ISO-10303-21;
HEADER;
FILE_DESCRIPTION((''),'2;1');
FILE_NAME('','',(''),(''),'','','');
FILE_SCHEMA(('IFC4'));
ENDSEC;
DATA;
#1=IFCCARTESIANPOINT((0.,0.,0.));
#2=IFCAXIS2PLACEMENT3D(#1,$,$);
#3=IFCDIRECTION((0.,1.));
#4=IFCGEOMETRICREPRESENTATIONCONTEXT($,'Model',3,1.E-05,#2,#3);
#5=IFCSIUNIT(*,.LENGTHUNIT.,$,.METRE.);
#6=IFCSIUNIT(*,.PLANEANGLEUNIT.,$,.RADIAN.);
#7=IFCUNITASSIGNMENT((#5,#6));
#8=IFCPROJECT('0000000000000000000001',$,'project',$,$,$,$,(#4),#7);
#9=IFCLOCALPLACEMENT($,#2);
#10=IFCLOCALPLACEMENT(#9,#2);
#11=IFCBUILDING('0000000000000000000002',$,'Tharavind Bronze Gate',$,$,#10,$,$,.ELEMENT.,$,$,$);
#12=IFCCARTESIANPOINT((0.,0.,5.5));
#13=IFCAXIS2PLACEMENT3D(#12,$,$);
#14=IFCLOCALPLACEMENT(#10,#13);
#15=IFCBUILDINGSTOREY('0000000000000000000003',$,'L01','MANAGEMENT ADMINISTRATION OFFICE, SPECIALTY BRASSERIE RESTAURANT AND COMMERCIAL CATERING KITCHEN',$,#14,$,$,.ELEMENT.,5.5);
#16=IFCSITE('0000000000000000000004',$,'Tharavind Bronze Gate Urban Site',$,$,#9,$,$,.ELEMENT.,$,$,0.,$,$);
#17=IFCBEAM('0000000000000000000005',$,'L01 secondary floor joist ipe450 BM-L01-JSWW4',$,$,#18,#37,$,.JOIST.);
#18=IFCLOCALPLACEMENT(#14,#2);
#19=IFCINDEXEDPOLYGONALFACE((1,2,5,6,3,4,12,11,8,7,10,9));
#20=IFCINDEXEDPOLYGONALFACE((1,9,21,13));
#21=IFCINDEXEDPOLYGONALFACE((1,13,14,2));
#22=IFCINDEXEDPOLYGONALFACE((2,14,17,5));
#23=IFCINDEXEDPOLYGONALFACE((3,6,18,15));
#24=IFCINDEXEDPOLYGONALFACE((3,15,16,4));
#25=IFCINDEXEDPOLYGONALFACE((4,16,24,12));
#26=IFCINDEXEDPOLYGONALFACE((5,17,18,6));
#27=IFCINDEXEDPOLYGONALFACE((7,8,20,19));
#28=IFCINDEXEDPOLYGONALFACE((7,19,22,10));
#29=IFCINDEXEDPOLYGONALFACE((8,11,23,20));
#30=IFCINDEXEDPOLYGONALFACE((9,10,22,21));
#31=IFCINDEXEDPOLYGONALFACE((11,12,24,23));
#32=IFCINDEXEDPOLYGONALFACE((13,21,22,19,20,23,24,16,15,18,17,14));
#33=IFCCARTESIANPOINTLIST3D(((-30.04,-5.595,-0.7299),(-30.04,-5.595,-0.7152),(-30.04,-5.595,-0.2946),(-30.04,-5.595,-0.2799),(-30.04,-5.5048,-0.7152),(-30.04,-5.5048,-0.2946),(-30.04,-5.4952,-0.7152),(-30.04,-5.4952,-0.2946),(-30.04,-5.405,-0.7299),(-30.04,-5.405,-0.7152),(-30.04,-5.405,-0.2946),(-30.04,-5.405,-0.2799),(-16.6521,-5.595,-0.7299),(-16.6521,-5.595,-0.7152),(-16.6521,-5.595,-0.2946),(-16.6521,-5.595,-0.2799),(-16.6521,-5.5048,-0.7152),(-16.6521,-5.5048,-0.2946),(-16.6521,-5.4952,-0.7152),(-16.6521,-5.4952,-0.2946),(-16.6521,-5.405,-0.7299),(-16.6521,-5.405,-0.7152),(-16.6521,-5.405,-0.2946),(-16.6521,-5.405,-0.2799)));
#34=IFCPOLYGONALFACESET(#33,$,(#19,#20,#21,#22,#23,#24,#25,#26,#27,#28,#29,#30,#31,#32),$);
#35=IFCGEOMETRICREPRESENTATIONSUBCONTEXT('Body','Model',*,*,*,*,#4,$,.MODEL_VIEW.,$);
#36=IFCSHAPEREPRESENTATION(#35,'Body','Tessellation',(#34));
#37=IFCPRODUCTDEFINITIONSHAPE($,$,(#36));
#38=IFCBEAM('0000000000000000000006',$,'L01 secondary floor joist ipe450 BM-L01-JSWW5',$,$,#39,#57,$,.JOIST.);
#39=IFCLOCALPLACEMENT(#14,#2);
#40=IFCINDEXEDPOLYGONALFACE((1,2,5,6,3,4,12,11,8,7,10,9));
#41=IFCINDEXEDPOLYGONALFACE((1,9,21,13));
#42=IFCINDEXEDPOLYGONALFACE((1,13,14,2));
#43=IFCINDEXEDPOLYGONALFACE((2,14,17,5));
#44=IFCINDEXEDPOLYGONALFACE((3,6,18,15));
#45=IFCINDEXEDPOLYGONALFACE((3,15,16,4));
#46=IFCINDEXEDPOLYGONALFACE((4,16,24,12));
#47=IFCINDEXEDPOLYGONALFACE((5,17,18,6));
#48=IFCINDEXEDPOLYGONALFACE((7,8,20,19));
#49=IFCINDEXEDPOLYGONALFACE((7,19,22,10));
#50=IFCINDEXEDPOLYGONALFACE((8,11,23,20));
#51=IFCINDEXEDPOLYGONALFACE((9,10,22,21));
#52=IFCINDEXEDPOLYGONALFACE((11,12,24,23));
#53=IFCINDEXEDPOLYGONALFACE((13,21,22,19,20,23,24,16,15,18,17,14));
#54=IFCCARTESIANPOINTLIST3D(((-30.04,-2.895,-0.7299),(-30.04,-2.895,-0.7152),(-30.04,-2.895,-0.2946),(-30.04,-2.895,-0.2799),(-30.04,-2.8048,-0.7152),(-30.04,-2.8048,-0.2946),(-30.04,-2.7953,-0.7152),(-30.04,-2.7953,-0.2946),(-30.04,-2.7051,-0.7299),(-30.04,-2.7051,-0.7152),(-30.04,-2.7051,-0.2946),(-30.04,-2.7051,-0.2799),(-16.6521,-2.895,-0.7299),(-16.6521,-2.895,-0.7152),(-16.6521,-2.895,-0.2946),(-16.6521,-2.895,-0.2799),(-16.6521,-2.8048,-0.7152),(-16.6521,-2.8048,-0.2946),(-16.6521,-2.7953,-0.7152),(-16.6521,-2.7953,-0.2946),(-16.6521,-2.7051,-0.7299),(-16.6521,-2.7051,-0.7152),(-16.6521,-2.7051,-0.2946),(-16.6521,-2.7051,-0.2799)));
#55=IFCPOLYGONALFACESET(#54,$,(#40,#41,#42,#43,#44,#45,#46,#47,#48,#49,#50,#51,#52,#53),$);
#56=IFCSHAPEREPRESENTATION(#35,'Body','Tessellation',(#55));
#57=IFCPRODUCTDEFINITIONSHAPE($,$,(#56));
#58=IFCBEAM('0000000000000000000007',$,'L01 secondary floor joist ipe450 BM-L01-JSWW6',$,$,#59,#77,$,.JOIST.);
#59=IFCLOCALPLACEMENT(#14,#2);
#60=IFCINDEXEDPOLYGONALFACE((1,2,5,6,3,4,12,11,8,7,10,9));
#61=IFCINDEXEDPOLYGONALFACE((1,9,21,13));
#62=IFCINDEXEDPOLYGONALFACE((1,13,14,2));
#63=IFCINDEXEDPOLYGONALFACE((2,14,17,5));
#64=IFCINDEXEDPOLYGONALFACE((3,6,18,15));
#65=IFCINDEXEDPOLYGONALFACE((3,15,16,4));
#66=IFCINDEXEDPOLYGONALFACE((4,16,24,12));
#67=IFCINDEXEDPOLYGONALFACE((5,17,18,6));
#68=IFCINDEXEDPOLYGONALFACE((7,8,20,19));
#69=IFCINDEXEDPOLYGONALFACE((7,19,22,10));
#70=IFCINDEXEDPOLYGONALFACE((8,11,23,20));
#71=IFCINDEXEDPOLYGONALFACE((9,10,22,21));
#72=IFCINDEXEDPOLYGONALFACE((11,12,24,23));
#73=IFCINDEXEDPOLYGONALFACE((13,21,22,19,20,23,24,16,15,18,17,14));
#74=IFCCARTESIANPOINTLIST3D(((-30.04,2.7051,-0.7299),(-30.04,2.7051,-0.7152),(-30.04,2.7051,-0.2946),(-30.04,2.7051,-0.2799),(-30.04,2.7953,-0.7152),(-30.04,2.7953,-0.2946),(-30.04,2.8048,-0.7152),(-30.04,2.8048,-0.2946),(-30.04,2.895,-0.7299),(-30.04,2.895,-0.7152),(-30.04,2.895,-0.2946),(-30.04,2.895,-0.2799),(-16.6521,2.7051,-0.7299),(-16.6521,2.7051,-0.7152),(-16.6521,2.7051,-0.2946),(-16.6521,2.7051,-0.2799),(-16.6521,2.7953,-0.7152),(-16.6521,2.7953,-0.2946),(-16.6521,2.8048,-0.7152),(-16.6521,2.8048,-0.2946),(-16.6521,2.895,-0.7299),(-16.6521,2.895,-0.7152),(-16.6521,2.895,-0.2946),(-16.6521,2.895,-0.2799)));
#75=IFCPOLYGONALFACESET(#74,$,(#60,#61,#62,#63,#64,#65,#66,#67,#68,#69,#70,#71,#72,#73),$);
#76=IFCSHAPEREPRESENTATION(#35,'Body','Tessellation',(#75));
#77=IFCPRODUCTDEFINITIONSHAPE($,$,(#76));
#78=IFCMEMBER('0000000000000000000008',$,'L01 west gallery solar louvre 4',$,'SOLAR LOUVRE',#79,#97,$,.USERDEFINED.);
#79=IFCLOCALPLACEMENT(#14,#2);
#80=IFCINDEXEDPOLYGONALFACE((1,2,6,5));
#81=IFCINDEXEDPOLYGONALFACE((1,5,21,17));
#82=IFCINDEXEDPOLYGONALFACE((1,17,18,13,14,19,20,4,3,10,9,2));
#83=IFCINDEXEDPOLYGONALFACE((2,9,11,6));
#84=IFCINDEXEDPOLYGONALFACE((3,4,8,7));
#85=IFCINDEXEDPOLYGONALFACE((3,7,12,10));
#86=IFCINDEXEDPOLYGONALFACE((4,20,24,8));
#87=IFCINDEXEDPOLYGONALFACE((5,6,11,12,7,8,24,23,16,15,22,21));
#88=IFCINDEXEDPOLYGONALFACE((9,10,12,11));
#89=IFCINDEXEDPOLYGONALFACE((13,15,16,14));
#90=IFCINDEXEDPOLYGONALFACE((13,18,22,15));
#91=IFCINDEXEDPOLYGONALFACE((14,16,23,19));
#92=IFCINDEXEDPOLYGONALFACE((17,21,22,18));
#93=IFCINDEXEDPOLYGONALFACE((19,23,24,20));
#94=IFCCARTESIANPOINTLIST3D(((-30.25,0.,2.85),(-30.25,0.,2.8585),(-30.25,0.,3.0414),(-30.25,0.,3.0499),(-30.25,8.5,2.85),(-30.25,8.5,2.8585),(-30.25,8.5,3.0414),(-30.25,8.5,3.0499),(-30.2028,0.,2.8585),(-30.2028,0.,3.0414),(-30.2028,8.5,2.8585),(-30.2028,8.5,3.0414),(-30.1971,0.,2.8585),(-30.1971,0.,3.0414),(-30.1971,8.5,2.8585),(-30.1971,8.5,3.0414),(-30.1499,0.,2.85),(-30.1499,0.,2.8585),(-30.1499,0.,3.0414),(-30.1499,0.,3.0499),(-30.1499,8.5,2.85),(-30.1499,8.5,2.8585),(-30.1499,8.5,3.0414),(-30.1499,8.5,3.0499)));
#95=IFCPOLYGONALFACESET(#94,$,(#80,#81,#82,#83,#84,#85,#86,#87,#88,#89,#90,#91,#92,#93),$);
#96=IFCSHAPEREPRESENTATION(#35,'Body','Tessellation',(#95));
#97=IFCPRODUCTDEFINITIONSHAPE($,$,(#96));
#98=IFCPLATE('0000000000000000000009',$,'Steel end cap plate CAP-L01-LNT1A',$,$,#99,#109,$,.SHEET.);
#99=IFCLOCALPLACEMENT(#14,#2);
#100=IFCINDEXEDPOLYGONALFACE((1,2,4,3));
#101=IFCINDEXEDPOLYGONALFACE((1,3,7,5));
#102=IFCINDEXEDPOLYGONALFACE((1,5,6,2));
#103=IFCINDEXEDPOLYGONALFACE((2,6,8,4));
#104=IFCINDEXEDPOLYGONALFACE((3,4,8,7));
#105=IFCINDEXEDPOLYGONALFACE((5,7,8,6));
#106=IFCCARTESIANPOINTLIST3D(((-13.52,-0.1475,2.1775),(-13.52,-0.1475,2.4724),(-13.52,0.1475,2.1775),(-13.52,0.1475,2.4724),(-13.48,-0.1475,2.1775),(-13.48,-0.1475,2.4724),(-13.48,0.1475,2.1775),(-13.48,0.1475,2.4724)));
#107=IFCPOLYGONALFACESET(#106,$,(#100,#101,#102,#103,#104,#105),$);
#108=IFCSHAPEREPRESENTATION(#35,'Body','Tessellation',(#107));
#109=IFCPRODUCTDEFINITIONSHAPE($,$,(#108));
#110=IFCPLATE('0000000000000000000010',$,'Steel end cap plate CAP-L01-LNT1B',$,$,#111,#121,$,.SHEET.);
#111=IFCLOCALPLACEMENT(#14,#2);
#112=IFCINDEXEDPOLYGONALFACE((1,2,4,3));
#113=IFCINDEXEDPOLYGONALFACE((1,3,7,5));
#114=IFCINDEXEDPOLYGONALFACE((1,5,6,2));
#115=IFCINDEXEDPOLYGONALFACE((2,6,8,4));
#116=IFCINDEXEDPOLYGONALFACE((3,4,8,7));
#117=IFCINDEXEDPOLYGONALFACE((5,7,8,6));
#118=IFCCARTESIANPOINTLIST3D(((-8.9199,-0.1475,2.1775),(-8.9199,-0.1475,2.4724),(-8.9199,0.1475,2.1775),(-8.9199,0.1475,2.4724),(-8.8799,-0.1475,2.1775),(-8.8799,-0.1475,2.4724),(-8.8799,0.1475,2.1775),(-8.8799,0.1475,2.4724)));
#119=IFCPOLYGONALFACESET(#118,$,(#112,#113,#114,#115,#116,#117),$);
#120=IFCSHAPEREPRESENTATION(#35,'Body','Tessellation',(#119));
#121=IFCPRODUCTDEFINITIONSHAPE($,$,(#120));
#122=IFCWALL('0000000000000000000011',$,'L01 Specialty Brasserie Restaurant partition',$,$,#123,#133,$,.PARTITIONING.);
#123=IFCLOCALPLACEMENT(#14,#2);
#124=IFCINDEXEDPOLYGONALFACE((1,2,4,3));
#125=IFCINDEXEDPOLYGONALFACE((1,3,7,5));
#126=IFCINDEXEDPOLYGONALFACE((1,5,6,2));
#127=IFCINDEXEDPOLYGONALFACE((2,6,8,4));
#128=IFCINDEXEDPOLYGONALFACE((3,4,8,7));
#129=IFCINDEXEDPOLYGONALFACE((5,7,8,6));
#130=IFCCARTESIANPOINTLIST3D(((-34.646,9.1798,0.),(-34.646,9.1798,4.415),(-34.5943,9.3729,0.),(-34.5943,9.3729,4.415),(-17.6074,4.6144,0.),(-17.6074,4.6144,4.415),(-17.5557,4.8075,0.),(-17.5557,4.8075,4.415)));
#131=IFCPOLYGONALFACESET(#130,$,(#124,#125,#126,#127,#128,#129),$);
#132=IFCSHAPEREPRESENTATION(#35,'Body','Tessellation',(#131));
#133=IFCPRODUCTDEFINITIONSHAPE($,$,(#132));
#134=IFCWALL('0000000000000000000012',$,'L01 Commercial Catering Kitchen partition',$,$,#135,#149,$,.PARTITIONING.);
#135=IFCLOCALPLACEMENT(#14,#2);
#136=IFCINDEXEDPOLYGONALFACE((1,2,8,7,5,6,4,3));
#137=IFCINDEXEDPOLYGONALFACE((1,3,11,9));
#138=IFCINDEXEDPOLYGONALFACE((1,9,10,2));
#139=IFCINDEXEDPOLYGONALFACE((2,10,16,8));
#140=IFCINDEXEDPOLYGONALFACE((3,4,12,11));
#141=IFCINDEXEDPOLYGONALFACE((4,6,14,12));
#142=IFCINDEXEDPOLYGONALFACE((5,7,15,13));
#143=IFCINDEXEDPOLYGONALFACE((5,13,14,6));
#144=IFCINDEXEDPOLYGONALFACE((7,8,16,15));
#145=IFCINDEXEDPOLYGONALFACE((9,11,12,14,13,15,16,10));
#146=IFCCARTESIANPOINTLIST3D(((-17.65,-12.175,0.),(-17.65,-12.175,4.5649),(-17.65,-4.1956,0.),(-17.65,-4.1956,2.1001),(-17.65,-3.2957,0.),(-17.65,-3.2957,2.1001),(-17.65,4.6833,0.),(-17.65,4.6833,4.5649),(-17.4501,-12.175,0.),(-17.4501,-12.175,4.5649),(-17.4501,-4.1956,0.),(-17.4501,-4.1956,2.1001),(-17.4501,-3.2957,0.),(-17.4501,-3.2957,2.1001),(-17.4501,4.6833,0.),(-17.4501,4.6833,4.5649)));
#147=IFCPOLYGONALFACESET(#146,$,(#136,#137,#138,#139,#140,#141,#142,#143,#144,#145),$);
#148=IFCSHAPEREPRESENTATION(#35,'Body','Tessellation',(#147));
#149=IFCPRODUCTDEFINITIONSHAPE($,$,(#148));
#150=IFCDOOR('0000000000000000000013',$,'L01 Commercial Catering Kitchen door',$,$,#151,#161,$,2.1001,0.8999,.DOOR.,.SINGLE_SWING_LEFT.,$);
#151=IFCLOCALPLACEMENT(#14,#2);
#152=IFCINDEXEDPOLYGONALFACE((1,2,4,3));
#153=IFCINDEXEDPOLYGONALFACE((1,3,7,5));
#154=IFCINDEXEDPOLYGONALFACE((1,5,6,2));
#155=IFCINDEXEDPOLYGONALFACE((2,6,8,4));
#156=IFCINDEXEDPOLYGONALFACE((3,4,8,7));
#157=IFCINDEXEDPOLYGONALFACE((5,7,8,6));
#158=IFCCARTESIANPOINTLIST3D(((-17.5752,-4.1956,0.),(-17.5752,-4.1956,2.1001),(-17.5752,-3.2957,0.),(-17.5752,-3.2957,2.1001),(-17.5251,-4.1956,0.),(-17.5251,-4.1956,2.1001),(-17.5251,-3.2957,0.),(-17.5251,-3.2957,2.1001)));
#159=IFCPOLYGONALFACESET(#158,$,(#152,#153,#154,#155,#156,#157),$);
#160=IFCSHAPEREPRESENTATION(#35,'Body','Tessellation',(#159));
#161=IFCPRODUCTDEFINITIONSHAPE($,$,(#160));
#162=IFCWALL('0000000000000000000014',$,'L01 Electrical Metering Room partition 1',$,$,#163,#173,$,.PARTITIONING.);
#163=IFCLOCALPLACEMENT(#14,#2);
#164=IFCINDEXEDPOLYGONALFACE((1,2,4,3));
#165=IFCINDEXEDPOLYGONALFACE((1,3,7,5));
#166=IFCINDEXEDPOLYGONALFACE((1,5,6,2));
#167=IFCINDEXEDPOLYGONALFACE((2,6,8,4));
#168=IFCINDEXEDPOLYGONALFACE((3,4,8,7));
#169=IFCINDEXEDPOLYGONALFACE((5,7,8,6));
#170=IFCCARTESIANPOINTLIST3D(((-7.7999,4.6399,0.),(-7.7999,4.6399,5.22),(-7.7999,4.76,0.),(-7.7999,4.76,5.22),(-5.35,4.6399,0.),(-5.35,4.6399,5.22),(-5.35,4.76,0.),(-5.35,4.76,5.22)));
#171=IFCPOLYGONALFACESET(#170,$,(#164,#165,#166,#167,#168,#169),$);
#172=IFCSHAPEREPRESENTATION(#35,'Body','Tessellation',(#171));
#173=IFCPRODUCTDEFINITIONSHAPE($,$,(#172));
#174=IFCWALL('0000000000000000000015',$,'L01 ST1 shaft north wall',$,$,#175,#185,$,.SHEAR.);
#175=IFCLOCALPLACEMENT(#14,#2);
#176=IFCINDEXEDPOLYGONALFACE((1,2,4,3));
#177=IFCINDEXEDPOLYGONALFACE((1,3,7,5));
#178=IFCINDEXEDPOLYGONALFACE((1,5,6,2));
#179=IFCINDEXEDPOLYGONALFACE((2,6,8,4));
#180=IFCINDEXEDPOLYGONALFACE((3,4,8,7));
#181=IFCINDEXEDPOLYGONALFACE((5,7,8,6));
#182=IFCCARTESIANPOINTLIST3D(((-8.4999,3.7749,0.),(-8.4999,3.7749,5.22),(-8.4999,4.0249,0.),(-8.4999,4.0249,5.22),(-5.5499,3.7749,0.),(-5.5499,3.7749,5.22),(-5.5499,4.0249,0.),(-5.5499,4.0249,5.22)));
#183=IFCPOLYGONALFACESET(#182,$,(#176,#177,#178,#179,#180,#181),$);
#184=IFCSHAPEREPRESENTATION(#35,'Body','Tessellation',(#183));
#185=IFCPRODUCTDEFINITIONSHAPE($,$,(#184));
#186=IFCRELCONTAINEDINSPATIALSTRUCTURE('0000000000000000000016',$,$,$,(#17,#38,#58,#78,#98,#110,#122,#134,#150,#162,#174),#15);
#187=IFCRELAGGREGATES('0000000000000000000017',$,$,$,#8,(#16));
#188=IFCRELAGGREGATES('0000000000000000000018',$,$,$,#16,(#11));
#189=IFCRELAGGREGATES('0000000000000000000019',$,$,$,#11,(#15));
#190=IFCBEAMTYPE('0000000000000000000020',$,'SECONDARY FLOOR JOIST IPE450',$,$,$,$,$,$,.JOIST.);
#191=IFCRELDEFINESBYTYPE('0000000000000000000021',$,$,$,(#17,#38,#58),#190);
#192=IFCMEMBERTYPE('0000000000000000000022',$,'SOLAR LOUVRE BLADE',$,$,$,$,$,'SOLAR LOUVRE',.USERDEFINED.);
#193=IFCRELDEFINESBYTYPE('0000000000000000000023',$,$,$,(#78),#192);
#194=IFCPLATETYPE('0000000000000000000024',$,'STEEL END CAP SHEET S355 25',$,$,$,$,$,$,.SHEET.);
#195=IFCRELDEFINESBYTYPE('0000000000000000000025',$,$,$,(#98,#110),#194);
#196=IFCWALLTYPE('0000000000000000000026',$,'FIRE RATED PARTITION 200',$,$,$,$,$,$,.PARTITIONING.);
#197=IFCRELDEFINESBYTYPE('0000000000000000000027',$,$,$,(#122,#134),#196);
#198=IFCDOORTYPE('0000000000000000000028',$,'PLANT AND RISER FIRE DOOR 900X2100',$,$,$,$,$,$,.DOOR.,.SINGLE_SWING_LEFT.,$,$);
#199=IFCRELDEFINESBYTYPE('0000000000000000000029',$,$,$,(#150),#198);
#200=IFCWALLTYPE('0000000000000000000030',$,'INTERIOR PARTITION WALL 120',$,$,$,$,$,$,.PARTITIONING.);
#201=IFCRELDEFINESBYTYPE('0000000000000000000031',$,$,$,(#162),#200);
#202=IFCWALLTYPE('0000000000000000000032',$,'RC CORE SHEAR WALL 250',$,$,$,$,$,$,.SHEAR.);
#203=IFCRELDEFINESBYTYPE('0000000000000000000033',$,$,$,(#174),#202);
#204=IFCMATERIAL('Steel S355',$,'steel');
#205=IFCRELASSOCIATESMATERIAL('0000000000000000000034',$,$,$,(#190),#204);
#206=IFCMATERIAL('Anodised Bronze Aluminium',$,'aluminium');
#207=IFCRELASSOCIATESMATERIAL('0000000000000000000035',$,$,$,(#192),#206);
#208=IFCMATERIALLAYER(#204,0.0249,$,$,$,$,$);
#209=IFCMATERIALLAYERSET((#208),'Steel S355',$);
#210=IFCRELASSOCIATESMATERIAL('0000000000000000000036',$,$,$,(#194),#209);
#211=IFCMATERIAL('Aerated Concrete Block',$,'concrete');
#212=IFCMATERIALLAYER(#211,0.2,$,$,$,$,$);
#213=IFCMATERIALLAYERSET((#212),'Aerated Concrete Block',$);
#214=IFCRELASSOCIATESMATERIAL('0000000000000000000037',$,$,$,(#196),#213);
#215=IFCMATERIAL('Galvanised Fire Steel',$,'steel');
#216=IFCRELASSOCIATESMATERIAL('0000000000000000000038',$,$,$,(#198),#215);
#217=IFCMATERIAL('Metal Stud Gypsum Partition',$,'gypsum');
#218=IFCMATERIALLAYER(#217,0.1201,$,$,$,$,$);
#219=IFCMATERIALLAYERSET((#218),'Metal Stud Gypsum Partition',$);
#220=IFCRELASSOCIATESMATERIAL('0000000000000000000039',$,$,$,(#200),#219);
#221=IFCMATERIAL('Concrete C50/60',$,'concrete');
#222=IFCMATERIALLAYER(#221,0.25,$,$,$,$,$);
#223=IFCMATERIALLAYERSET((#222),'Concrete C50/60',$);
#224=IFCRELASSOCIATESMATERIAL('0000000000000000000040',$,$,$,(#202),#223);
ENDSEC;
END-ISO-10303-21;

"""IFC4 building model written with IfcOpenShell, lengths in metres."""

from ifc_helpers import new_model, si_unit, direction, frame, frame_2d, origin, origin_2d, place, context, subcontext, project, spatial, rectangle, i_section, extrude, material, layer, layer_set, material_profile, profile_set, type_object, element, fill, save


model = new_model("IFC4")

# Units and contexts
model_context = context("Model", 3, precision=1e-05, world=origin(), true_north=direction((0.0, 1.0)))
body_context = subcontext(model_context, "Body", "Model", "MODEL_VIEW")
ifc_project = project(units=[si_unit("LENGTHUNIT", "METRE"), si_unit("PLANEANGLEUNIT", "RADIAN")], contexts=[model_context])

# Site, building, storey
site_placement = place(None, origin())
site = spatial("IfcSite", under=ifc_project, at=site_placement, Name="Tharavind Bronze Gate Urban Site", CompositionType="ELEMENT", RefElevation=0.0)
building_placement = place(site_placement, origin())
building = spatial("IfcBuilding", under=site, at=building_placement, Name="Tharavind Bronze Gate", CompositionType="ELEMENT")
storey_placement = place(building_placement, frame((0.0, 0.0, 5.5)))
storey = spatial("IfcBuildingStorey", under=building, at=storey_placement, Name="L01", Description="MANAGEMENT ADMINISTRATION OFFICE, SPECIALTY BRASSERIE RESTAURANT AND COMMERCIAL CATERING KITCHEN", CompositionType="ELEMENT", Elevation=5.5)

# Beams
ifc_material_1 = material(Name="Steel S355", Category="steel")
ifc_material_profile_1 = material_profile(ifc_material_1, i_section(OverallWidth=0.1899, OverallDepth=0.45, WebThickness=0.0095, FlangeThickness=0.0146, at=origin_2d()), Name="IPE450")
ifc_profile_set_1 = profile_set([ifc_material_profile_1], Name="Steel S355")
beam_type_1 = type_object("IfcBeamType", Name="SECONDARY FLOOR JOIST IPE450", PredefinedType="JOIST", material=ifc_profile_set_1)
for number, where, z_axis, x_axis, name in (
    (1, (-30.04, -5.5, -0.5049), (1.0, 0.0, 0.0), (0.0, 1.0, 0.0), "L01 secondary floor joist ipe450 BM-L01-JSWW4"),
    (2, (-30.04, -2.8, -0.5049), (1.0, 0.0, 0.0), (0.0, 1.0, 0.0), "L01 secondary floor joist ipe450 BM-L01-JSWW5"),
    (3, (-30.04, 2.8, -0.5049), (1.0, 0.0, 0.0), (0.0, 1.0, 0.0), "L01 secondary floor joist ipe450 BM-L01-JSWW6"),
):
    element("IfcBeam", number, at=place(storey_placement, frame(where, z_axis=z_axis, x_axis=x_axis)), inside=storey, type_object=beam_type_1, Name=name, PredefinedType="JOIST", context=body_context, shape_type="SweptSolid", body=[
        extrude(i_section(OverallWidth=0.1899, OverallDepth=0.45, WebThickness=0.0095, FlangeThickness=0.0146, at=origin_2d()), origin(), (0.0, 0.0, 1.0), 13.3879),
    ])

# Member
ifc_material_2 = material(Name="Anodised Bronze Aluminium", Category="aluminium")
ifc_material_profile_2 = material_profile(ifc_material_2, i_section(OverallWidth=0.1001, OverallDepth=0.2, WebThickness=0.0056, FlangeThickness=0.0085, at=origin_2d()), Name="IPE200")
ifc_profile_set_2 = profile_set([ifc_material_profile_2], Name="Anodised Bronze Aluminium")
member_type = type_object("IfcMemberType", Name="SOLAR LOUVRE BLADE", ElementType="SOLAR LOUVRE", PredefinedType="USERDEFINED", material=ifc_profile_set_2)
member_placement = place(storey_placement, frame((-30.2, 0.0, 2.95), z_axis=(0.0, 1.0, 0.0), x_axis=(-1.0, 0.0, 0.0)))
element("IfcMember", 4, at=member_placement, inside=storey, type_object=member_type, Name="L01 west gallery solar louvre 4", ObjectType="SOLAR LOUVRE", PredefinedType="USERDEFINED", context=body_context, shape_type="SweptSolid", body=[
    extrude(i_section(OverallWidth=0.1001, OverallDepth=0.2, WebThickness=0.0056, FlangeThickness=0.0085, at=origin_2d()), origin(), (0.0, 0.0, 1.0), 8.5),
])

# Plates
ifc_layer_1 = layer(ifc_material_1, 0.0249)
ifc_layer_set_1 = layer_set([ifc_layer_1], Name="Steel S355")
plate_type = type_object("IfcPlateType", Name="STEEL END CAP SHEET S355 25", PredefinedType="SHEET", material=ifc_layer_set_1)
for number, where, z_axis, x_axis, name in (
    (5, (-13.5, 0.0, 2.1775), (0.0, 0.0, 1.0), (1.0, 0.0, 0.0), "Steel end cap plate CAP-L01-LNT1A"),
    (6, (-8.8999, 0.0, 2.1775), (0.0, 0.0, 1.0), (1.0, 0.0, 0.0), "Steel end cap plate CAP-L01-LNT1B"),
):
    element("IfcPlate", number, at=place(storey_placement, frame(where, z_axis=z_axis, x_axis=x_axis)), inside=storey, type_object=plate_type, Name=name, PredefinedType="SHEET", context=body_context, shape_type="SweptSolid", body=[
        extrude(rectangle(XDim=0.04, YDim=0.2949, at=origin_2d()), origin(), (0.0, 0.0, 1.0), 0.2949),
    ])

# Wall
ifc_material_3 = material(Name="Aerated Concrete Block", Category="concrete")
ifc_layer_2 = layer(ifc_material_3, 0.2)
ifc_layer_set_2 = layer_set([ifc_layer_2], Name="Aerated Concrete Block")
wall_type_1 = type_object("IfcWallType", Name="FIRE RATED PARTITION 200", PredefinedType="PARTITIONING", material=ifc_layer_set_2)
wall_1_placement = place(storey_placement, frame((-17.5815, 4.7109, 0.0), z_axis=(0.0, 0.0, 1.0), x_axis=(-0.965926, 0.258817, 0.0)))
element("IfcWall", 7, at=wall_1_placement, inside=storey, type_object=wall_type_1, Name="L01 Specialty Brasserie Restaurant partition", PredefinedType="PARTITIONING", context=body_context, shape_type="SweptSolid", body=[
    extrude(rectangle(XDim=17.6396, YDim=0.2, at=frame_2d((8.8198, 0.0))), origin(), (0.0, 0.0, 1.0), 4.415),
])

# Wall, opening, door
wall_2_placement = place(storey_placement, frame((-17.55, 4.6833, 0.0), z_axis=(0.0, 0.0, 1.0), x_axis=(0.0, -1.0, 0.0)))
wall_2 = element("IfcWall", 8, at=wall_2_placement, inside=storey, type_object=wall_type_1, Name="L01 Commercial Catering Kitchen partition", PredefinedType="PARTITIONING", context=body_context, shape_type="SweptSolid", body=[
    extrude(rectangle(XDim=16.8584, YDim=0.2, at=frame_2d((8.4292, 0.0))), origin(), (0.0, 0.0, 1.0), 4.5649),
])
opening_1_placement = place(wall_2_placement, frame((7.979, 0.0, 0.0)))
opening_1 = element("IfcOpeningElement", 9, at=opening_1_placement, cuts=wall_2, PredefinedType="OPENING", context=body_context, shape_type="SweptSolid", body=[
    extrude(rectangle(XDim=0.8999, YDim=2.1001, at=frame_2d((0.45, 1.05))), frame((0.0, 0.1101, 0.0), z_axis=(0.0, -1.0, 0.0), x_axis=(1.0, 0.0, 0.0)), (0.0, 0.0, 1.0), 0.22),
])
ifc_material_4 = material(Name="Galvanised Fire Steel", Category="steel")
door_type_1 = type_object("IfcDoorType", Name="PLANT AND RISER FIRE DOOR 900X2100", OperationType="SINGLE_SWING_LEFT", PredefinedType="DOOR", material=ifc_material_4)
door_1_placement = place(opening_1_placement, origin())
door_1 = element("IfcDoor", 10, at=door_1_placement, inside=storey, type_object=door_type_1, Name="L01 Commercial Catering Kitchen door", OperationType="SINGLE_SWING_LEFT", OverallHeight=2.1001, OverallWidth=0.8999, PredefinedType="DOOR", context=body_context, shape_type="SweptSolid", body=[
    extrude(rectangle(XDim=0.8999, YDim=2.1001, at=frame_2d((0.45, 1.05))), frame((0.0, 0.0249, 0.0), z_axis=(0.0, -1.0, 0.0), x_axis=(1.0, 0.0, 0.0)), (0.0, 0.0, 1.0), 0.05),
])
fill(opening_1, door_1)

# Wall
ifc_material_5 = material(Name="Metal Stud Gypsum Partition", Category="gypsum")
ifc_layer_3 = layer(ifc_material_5, 0.1201)
ifc_layer_set_3 = layer_set([ifc_layer_3], Name="Metal Stud Gypsum Partition")
wall_type_2 = type_object("IfcWallType", Name="INTERIOR PARTITION WALL 120", PredefinedType="PARTITIONING", material=ifc_layer_set_3)
wall_3_placement = place(storey_placement, frame((-7.8, 4.7, 0.0), z_axis=(0.0, 0.0, 1.0), x_axis=(1.0, 0.0, 0.0)))
element("IfcWall", 11, at=wall_3_placement, inside=storey, type_object=wall_type_2, Name="L01 Electrical Metering Room partition 1", PredefinedType="PARTITIONING", context=body_context, shape_type="SweptSolid", body=[
    extrude(rectangle(XDim=2.45, YDim=0.1201, at=frame_2d((1.2251, 0.0))), origin(), (0.0, 0.0, 1.0), 5.22),
])

# Shared definitions
ifc_material_6 = material(Name="Concrete C50/60", Category="concrete")
ifc_layer_4 = layer(ifc_material_6, 0.25)
ifc_layer_set_4 = layer_set([ifc_layer_4], Name="Concrete C50/60")
wall_type_3 = type_object("IfcWallType", Name="RC CORE SHEAR WALL 250", PredefinedType="SHEAR", material=ifc_layer_set_4)

# Wall
wall_4_placement = place(storey_placement, frame((-8.5, 3.8999, 0.0), z_axis=(0.0, 0.0, 1.0), x_axis=(1.0, 0.0, 0.0)))
element("IfcWall", 12, at=wall_4_placement, inside=storey, type_object=wall_type_3, Name="L01 ST1 shaft north wall", PredefinedType="SHEAR", context=body_context, shape_type="SweptSolid", body=[
    extrude(rectangle(XDim=2.95, YDim=0.25, at=frame_2d((1.4751, 0.0))), origin(), (0.0, 0.0, 1.0), 5.22),
])

save(model, "model.ifc")
